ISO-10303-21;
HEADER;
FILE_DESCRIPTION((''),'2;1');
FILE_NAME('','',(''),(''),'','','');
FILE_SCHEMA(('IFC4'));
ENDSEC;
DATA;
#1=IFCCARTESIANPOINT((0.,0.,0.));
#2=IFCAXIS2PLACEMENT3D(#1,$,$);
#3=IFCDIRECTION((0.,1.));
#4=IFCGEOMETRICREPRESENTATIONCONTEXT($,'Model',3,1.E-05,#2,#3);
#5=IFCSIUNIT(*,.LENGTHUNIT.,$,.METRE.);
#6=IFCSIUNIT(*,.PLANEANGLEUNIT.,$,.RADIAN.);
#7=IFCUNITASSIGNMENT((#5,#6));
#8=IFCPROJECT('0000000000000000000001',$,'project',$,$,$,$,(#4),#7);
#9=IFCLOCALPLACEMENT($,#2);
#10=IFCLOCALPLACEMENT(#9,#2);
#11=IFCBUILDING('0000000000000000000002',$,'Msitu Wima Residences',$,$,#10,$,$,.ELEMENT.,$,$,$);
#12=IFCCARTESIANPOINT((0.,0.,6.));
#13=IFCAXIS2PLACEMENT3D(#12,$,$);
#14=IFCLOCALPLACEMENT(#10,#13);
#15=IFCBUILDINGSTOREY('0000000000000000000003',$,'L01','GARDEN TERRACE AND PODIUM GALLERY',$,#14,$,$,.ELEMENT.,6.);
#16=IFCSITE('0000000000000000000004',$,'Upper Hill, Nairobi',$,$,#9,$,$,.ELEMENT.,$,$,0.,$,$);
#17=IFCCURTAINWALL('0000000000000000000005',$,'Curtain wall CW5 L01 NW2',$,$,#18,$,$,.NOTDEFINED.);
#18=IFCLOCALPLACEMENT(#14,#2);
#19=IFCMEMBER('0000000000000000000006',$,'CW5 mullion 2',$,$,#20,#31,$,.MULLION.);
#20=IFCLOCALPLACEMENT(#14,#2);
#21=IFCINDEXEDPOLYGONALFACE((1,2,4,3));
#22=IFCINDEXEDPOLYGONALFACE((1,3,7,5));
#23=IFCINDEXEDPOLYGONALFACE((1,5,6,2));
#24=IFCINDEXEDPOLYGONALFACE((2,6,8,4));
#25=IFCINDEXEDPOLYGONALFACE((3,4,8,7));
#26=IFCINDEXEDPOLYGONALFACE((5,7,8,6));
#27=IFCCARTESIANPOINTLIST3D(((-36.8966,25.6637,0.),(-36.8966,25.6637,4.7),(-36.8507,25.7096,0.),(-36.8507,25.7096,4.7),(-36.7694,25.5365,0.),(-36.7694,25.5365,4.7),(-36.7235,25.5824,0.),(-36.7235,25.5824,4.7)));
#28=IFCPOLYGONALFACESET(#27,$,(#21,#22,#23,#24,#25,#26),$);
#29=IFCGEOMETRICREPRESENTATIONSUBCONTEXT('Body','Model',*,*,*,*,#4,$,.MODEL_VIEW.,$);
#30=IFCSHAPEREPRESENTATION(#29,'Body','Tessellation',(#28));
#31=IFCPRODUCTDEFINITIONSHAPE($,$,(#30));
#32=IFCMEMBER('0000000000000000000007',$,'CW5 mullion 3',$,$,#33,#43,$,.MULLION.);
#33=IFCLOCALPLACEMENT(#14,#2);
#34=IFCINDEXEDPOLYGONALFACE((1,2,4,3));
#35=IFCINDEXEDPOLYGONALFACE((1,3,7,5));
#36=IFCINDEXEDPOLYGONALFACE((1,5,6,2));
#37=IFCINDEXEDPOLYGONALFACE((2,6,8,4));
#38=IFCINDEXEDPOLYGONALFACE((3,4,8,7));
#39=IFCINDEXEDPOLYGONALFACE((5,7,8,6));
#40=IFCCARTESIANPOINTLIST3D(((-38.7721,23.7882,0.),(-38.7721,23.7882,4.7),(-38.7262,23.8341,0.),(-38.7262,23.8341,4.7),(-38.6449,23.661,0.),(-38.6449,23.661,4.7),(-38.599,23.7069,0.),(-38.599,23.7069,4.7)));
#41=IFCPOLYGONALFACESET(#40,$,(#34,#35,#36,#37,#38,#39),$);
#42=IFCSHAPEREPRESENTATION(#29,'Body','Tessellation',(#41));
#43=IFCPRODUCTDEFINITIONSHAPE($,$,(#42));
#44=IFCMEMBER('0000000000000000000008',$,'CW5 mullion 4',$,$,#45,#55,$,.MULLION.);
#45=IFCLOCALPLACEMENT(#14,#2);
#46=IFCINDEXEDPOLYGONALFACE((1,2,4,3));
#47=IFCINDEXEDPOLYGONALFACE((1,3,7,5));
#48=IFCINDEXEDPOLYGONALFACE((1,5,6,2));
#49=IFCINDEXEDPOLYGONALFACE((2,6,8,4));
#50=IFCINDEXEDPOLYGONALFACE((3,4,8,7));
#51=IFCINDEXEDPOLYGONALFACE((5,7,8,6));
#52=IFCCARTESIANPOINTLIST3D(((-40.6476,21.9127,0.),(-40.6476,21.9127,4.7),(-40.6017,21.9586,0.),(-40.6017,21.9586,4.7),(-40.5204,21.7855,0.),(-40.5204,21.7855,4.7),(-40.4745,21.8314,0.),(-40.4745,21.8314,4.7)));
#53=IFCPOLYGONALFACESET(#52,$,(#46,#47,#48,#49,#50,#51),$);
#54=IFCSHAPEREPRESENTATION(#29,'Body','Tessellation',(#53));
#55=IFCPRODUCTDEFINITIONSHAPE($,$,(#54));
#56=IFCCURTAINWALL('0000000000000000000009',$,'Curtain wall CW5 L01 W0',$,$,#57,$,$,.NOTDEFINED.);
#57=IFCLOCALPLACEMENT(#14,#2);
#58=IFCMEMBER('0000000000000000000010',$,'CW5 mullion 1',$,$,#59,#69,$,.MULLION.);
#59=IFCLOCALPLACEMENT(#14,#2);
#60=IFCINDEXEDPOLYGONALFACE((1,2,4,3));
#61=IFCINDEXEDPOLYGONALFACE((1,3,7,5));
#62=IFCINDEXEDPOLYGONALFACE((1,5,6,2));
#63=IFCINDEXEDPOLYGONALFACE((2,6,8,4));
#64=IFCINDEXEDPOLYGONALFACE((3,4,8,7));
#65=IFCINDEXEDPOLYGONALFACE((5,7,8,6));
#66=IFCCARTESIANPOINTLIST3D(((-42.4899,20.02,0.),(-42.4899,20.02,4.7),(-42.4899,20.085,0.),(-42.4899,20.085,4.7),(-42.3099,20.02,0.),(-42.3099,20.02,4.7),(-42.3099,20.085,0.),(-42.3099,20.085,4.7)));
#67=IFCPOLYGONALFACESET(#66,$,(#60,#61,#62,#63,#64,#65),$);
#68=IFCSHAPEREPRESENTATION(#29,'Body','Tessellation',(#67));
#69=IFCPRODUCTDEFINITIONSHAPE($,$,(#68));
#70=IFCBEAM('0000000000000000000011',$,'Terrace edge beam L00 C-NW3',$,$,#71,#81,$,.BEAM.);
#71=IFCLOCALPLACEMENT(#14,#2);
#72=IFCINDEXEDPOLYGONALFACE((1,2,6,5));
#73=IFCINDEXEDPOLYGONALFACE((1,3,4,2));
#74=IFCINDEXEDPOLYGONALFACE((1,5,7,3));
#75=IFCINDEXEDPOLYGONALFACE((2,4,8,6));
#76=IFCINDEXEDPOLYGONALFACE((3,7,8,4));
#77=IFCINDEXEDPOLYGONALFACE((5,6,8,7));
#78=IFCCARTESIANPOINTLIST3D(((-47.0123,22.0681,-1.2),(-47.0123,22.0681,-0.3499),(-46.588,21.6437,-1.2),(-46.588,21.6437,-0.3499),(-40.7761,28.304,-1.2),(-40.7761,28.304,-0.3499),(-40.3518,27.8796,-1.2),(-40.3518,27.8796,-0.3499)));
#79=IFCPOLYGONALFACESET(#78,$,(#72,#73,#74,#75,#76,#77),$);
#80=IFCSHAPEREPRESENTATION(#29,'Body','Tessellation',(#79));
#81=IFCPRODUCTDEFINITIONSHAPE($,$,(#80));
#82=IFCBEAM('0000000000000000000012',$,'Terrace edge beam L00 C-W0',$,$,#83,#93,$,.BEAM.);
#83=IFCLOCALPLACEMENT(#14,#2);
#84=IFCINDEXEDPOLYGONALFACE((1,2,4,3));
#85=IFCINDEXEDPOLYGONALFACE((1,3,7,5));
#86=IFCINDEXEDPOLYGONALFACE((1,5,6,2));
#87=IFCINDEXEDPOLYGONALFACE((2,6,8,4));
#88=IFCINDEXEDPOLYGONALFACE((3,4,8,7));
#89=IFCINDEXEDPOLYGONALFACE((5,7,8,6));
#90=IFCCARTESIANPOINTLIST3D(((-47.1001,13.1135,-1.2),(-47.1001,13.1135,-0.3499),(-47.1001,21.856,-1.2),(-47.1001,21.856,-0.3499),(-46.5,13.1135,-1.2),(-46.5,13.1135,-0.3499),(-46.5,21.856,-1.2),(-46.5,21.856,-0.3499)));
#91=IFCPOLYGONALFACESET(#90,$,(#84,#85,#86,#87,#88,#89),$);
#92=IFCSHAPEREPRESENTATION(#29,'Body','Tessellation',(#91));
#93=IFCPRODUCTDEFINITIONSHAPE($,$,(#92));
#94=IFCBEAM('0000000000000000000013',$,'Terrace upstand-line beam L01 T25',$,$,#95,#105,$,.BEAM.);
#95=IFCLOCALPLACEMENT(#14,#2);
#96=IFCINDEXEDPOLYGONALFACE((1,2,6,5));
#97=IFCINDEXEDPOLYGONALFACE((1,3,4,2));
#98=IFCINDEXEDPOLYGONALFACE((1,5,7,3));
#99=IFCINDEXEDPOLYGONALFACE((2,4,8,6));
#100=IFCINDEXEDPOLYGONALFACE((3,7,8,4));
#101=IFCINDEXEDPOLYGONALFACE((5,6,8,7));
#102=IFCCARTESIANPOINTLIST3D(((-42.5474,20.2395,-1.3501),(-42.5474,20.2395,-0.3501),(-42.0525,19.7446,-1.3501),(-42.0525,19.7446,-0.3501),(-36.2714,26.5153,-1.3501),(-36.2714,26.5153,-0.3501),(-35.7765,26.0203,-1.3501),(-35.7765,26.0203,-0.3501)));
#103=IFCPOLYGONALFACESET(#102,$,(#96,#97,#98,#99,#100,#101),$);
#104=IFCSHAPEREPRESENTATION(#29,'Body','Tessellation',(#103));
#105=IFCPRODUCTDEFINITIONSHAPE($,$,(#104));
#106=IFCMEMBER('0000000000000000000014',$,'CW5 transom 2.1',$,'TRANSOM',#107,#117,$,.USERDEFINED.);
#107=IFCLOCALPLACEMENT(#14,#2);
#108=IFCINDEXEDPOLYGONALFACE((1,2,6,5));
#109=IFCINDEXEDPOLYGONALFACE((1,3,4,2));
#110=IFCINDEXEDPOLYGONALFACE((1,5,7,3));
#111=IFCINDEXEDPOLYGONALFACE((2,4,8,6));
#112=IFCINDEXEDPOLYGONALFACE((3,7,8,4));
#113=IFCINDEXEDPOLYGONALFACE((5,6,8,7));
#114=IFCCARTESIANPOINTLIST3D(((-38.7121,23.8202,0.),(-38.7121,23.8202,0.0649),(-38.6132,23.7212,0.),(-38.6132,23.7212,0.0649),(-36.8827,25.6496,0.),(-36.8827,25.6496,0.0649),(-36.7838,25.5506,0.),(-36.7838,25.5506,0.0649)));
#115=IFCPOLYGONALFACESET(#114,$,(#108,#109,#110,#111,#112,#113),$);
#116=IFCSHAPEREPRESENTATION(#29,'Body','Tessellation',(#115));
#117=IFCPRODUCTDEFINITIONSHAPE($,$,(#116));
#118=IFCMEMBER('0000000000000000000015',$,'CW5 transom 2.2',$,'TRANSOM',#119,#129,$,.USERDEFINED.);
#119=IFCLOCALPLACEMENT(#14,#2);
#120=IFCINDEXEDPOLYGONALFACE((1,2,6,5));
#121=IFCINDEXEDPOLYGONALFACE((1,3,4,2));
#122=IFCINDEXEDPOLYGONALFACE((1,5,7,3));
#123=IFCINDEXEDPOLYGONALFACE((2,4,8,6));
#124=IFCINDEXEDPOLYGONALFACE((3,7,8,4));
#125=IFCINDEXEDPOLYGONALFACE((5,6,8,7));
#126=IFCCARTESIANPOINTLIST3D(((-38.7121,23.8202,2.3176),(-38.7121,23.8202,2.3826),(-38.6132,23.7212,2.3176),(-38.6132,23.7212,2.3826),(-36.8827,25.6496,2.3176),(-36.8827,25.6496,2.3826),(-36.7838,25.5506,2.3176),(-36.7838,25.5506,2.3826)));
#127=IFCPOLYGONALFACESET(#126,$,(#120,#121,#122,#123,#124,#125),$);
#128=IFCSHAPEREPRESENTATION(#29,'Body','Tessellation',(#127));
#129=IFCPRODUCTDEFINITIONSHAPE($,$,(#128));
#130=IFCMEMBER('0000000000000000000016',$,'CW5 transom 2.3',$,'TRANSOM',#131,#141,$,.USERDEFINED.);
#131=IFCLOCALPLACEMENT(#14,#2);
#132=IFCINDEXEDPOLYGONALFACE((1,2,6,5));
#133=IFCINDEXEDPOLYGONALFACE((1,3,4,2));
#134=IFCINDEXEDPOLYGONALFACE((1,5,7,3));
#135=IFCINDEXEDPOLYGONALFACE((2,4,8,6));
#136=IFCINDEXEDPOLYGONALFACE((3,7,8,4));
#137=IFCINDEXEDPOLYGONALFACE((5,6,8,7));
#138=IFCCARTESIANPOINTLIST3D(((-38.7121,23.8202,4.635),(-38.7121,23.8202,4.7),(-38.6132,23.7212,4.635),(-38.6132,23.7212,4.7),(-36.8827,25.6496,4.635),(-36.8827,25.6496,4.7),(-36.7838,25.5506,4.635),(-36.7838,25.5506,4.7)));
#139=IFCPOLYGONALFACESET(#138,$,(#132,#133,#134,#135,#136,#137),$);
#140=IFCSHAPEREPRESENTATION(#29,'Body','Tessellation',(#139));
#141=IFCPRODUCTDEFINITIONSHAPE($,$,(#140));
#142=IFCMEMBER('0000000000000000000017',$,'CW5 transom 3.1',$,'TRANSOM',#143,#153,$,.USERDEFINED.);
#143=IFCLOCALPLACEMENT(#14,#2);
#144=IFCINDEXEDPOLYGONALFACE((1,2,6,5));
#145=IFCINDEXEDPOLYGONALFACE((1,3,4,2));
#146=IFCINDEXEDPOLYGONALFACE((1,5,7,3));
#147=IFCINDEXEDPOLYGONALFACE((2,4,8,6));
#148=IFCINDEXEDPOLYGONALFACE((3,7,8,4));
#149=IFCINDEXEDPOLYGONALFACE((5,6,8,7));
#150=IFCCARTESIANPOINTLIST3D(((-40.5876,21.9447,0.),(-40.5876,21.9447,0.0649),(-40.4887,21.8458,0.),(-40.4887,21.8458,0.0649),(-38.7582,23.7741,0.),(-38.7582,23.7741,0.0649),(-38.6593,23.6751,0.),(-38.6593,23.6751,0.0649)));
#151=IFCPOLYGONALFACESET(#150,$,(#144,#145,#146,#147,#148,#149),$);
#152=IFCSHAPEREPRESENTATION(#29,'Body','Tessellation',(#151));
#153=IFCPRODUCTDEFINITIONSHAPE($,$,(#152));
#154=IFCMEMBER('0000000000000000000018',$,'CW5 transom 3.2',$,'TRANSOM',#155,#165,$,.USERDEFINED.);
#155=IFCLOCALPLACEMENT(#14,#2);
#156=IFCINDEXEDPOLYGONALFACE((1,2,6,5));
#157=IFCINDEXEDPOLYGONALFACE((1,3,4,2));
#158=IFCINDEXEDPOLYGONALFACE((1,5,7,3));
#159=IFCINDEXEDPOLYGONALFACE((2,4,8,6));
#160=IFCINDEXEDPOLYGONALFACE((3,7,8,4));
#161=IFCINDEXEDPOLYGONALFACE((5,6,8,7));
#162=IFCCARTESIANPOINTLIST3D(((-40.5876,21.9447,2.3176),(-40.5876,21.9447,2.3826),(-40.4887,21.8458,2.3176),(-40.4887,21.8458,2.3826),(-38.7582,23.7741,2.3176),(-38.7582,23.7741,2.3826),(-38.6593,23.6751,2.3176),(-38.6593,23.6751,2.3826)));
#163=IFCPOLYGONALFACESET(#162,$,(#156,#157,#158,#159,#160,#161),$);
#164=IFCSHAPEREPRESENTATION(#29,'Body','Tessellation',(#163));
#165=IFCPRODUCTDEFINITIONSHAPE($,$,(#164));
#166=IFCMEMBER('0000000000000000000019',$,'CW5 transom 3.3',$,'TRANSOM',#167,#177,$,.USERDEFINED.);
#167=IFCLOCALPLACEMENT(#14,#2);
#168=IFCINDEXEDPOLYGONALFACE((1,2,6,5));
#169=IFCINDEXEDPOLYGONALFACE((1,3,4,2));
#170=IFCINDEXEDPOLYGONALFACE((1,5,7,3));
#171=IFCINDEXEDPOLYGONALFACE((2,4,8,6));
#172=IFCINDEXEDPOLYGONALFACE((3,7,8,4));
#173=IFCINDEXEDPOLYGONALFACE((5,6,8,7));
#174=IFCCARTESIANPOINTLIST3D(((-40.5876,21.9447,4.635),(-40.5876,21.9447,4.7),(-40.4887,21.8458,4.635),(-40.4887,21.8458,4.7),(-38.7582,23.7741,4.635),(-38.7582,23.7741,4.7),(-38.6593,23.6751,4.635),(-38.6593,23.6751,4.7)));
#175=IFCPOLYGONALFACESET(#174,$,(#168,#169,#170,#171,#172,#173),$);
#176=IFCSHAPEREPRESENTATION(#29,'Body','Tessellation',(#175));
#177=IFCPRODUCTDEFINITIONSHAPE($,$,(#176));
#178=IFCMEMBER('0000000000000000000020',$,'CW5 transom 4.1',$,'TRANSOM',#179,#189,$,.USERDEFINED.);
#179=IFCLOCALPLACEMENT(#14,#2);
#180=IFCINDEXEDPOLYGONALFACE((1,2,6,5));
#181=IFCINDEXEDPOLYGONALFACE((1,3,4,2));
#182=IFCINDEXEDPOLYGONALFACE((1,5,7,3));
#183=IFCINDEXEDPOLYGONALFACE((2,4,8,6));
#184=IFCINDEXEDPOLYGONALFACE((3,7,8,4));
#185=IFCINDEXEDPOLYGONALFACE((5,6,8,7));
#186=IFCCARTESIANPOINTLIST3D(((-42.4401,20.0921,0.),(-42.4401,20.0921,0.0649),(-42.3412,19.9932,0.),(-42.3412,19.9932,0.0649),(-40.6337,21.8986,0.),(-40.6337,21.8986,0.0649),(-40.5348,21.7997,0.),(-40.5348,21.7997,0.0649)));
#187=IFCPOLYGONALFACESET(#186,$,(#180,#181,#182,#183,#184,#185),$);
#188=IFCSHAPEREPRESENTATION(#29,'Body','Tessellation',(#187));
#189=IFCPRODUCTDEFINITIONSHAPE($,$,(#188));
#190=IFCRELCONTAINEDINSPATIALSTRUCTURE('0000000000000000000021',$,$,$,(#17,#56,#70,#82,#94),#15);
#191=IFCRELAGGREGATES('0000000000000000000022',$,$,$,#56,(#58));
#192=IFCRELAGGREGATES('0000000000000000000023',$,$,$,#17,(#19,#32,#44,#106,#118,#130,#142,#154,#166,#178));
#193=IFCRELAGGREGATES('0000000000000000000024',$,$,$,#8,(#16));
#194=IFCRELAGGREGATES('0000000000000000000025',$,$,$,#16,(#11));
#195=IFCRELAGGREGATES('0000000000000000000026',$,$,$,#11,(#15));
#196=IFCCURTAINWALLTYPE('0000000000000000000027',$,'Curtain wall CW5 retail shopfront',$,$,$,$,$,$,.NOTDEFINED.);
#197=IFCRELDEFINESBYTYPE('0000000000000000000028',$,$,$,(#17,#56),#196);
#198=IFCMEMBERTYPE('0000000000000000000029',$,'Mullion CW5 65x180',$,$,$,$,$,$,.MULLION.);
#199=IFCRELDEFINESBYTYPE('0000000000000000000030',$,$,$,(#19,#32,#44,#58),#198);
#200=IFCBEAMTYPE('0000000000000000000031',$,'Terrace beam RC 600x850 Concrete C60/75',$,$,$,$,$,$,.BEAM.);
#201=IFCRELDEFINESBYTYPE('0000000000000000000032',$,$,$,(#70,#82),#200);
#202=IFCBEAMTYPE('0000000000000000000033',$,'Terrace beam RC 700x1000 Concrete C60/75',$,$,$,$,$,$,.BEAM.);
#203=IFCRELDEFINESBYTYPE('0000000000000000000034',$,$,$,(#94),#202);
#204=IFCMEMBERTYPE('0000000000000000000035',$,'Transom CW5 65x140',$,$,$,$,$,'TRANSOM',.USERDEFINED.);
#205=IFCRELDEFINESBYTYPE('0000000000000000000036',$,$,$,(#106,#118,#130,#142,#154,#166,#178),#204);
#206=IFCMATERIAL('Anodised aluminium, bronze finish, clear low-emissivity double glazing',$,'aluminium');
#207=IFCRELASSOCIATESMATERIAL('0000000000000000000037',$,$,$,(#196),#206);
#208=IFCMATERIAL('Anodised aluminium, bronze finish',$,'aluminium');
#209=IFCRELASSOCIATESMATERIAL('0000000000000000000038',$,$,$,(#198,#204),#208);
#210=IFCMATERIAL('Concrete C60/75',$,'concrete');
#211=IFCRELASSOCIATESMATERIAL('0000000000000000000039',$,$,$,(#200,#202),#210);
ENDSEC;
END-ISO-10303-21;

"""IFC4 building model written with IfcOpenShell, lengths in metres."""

from ifc_helpers import new_model, si_unit, direction, frame, origin, origin_2d, place, context, subcontext, project, spatial, rectangle, extrude, material, material_profile, profile_set, type_object, element, aggregate, save


model = new_model("IFC4")

# Units and contexts
model_context = context("Model", 3, precision=1e-05, world=origin(), true_north=direction((0.0, 1.0)))
body_context = subcontext(model_context, "Body", "Model", "MODEL_VIEW")
ifc_project = project(units=[si_unit("LENGTHUNIT", "METRE"), si_unit("PLANEANGLEUNIT", "RADIAN")], contexts=[model_context])

# Site, building, storey
site_placement = place(None, origin())
site = spatial("IfcSite", under=ifc_project, at=site_placement, Name="Upper Hill, Nairobi", CompositionType="ELEMENT", RefElevation=0.0)
building_placement = place(site_placement, origin())
building = spatial("IfcBuilding", under=site, at=building_placement, Name="Msitu Wima Residences", CompositionType="ELEMENT")
storey_placement = place(building_placement, frame((0.0, 0.0, 6.0)))
storey = spatial("IfcBuildingStorey", under=building, at=storey_placement, Name="L01", Description="GARDEN TERRACE AND PODIUM GALLERY", CompositionType="ELEMENT", Elevation=6.0)

# Curtain wall, members
ifc_material_1 = material(Name="Anodised aluminium, bronze finish, clear low-emissivity double glazing", Category="aluminium")
curtain_wall_type = type_object("IfcCurtainWallType", Name="Curtain wall CW5 retail shopfront", PredefinedType="NOTDEFINED", material=ifc_material_1)
curtain_wall_1_placement = place(storey_placement, origin())
curtain_wall_1 = element("IfcCurtainWall", 1, at=curtain_wall_1_placement, inside=storey, type_object=curtain_wall_type, Name="Curtain wall CW5 L01 NW2", PredefinedType="NOTDEFINED")
ifc_material_2 = material(Name="Anodised aluminium, bronze finish", Category="aluminium")
ifc_material_profile_1 = material_profile(ifc_material_2, rectangle(XDim=0.1799, YDim=0.0649, at=origin_2d()), Name="Mullion 65x180")
ifc_profile_set_1 = profile_set([ifc_material_profile_1], Name="Anodised aluminium, bronze finish")
member_type_1 = type_object("IfcMemberType", Name="Mullion CW5 65x180", PredefinedType="MULLION", material=ifc_profile_set_1)
member_1_placement = place(storey_placement, frame((-36.8101, 25.623, 0.0), z_axis=(0.0, 0.0, 1.0), x_axis=(0.707107, -0.707107, 0.0)))
member_1 = element("IfcMember", 2, at=member_1_placement, type_object=member_type_1, Name="CW5 mullion 2", PredefinedType="MULLION", context=body_context, shape_type="SweptSolid", body=[
    extrude(rectangle(XDim=0.1799, YDim=0.0649, at=origin_2d()), origin(), (0.0, 0.0, 1.0), 4.7),
])
member_2_placement = place(storey_placement, frame((-38.6855, 23.7476, 0.0), z_axis=(0.0, 0.0, 1.0), x_axis=(0.707107, -0.707107, 0.0)))
member_2 = element("IfcMember", 3, at=member_2_placement, type_object=member_type_1, Name="CW5 mullion 3", PredefinedType="MULLION", context=body_context, shape_type="SweptSolid", body=[
    extrude(rectangle(XDim=0.1799, YDim=0.0649, at=origin_2d()), origin(), (0.0, 0.0, 1.0), 4.7),
])
member_3_placement = place(storey_placement, frame((-40.561, 21.8721, 0.0), z_axis=(0.0, 0.0, 1.0), x_axis=(0.707107, -0.707107, 0.0)))
member_3 = element("IfcMember", 4, at=member_3_placement, type_object=member_type_1, Name="CW5 mullion 4", PredefinedType="MULLION", context=body_context, shape_type="SweptSolid", body=[
    extrude(rectangle(XDim=0.1799, YDim=0.0649, at=origin_2d()), origin(), (0.0, 0.0, 1.0), 4.7),
])

# Curtain wall, member
curtain_wall_2_placement = place(storey_placement, origin())
curtain_wall_2 = element("IfcCurtainWall", 5, at=curtain_wall_2_placement, inside=storey, type_object=curtain_wall_type, Name="Curtain wall CW5 L01 W0", PredefinedType="NOTDEFINED")
member_4_placement = place(storey_placement, frame((-42.3999, 20.0525, 0.0), z_axis=(0.0, 0.0, 1.0), x_axis=(1.0, 0.0, 0.0)))
member_4 = element("IfcMember", 6, at=member_4_placement, type_object=member_type_1, Name="CW5 mullion 1", PredefinedType="MULLION", context=body_context, shape_type="SweptSolid", body=[
    extrude(rectangle(XDim=0.1799, YDim=0.0649, at=origin_2d()), origin(), (0.0, 0.0, 1.0), 4.7),
])

# Beams
ifc_material_3 = material(Name="Concrete C60/75", Category="concrete")
ifc_material_profile_2 = material_profile(ifc_material_3, rectangle(XDim=0.6001, YDim=0.8501, at=origin_2d()), Name="RC 600x850")
ifc_profile_set_2 = profile_set([ifc_material_profile_2], Name="Concrete C60/75")
beam_type_1 = type_object("IfcBeamType", Name="Terrace beam RC 600x850 Concrete C60/75", PredefinedType="BEAM", material=ifc_profile_set_2)
beam_1_placement = place(storey_placement, frame((-40.564, 28.0918, -0.7749), z_axis=(-0.707121, -0.707093, 0.0), x_axis=(0.707093, -0.707121, 0.0)))
element("IfcBeam", 7, at=beam_1_placement, inside=storey, type_object=beam_type_1, Name="Terrace edge beam L00 C-NW3", PredefinedType="BEAM", context=body_context, shape_type="SweptSolid", body=[
    extrude(rectangle(XDim=0.6001, YDim=0.8501, at=origin_2d()), origin(), (0.0, 0.0, 1.0), 8.8191),
])
beam_2_placement = place(storey_placement, frame((-46.8, 21.856, -0.7749), z_axis=(0.0, -1.0, 0.0), x_axis=(1.0, 0.0, 0.0)))
element("IfcBeam", 8, at=beam_2_placement, inside=storey, type_object=beam_type_1, Name="Terrace edge beam L00 C-W0", PredefinedType="BEAM", context=body_context, shape_type="SweptSolid", body=[
    extrude(rectangle(XDim=0.6001, YDim=0.8501, at=origin_2d()), origin(), (0.0, 0.0, 1.0), 8.7424),
])
ifc_material_profile_3 = material_profile(ifc_material_3, rectangle(XDim=0.7, YDim=1.0, at=origin_2d()), Name="RC 700x1000")
ifc_profile_set_3 = profile_set([ifc_material_profile_3], Name="Concrete C60/75")
beam_type_2 = type_object("IfcBeamType", Name="Terrace beam RC 700x1000 Concrete C60/75", PredefinedType="BEAM", material=ifc_profile_set_3)
beam_3_placement = place(storey_placement, frame((-36.0239, 26.2678, -0.8501), z_axis=(-0.707121, -0.707093, 0.0), x_axis=(0.707093, -0.707121, 0.0)))
element("IfcBeam", 9, at=beam_3_placement, inside=storey, type_object=beam_type_2, Name="Terrace upstand-line beam L01 T25", PredefinedType="BEAM", context=body_context, shape_type="SweptSolid", body=[
    extrude(rectangle(XDim=0.7, YDim=1.0, at=origin_2d()), origin(), (0.0, 0.0, 1.0), 8.8755),
])

# Members
ifc_material_profile_4 = material_profile(ifc_material_2, rectangle(XDim=0.1399, YDim=0.0649, at=origin_2d()), Name="Transom 65x140")
ifc_profile_set_4 = profile_set([ifc_material_profile_4], Name="Anodised aluminium, bronze finish")
member_type_2 = type_object("IfcMemberType", Name="Transom CW5 65x140", ElementType="TRANSOM", PredefinedType="USERDEFINED", material=ifc_profile_set_4)
member_5_placement = place(storey_placement, frame((-36.8333, 25.6001, 0.0325), z_axis=(-0.707107, -0.707107, 0.0), x_axis=(0.707107, -0.707107, 0.0)))
member_5 = element("IfcMember", 10, at=member_5_placement, type_object=member_type_2, Name="CW5 transom 2.1", ObjectType="TRANSOM", PredefinedType="USERDEFINED", context=body_context, shape_type="SweptSolid", body=[
    extrude(rectangle(XDim=0.1399, YDim=0.0649, at=origin_2d()), origin(), (0.0, 0.0, 1.0), 2.5872),
])
member_6_placement = place(storey_placement, frame((-36.8333, 25.6001, 2.3501), z_axis=(-0.707107, -0.707107, 0.0), x_axis=(0.707107, -0.707107, 0.0)))
member_6 = element("IfcMember", 11, at=member_6_placement, type_object=member_type_2, Name="CW5 transom 2.2", ObjectType="TRANSOM", PredefinedType="USERDEFINED", context=body_context, shape_type="SweptSolid", body=[
    extrude(rectangle(XDim=0.1399, YDim=0.0649, at=origin_2d()), origin(), (0.0, 0.0, 1.0), 2.5872),
])
member_7_placement = place(storey_placement, frame((-36.8333, 25.6001, 4.6675), z_axis=(-0.707107, -0.707107, 0.0), x_axis=(0.707107, -0.707107, 0.0)))
member_7 = element("IfcMember", 12, at=member_7_placement, type_object=member_type_2, Name="CW5 transom 2.3", ObjectType="TRANSOM", PredefinedType="USERDEFINED", context=body_context, shape_type="SweptSolid", body=[
    extrude(rectangle(XDim=0.1399, YDim=0.0649, at=origin_2d()), origin(), (0.0, 0.0, 1.0), 2.5872),
])
member_8_placement = place(storey_placement, frame((-38.7087, 23.7246, 0.0325), z_axis=(-0.707107, -0.707107, 0.0), x_axis=(0.707107, -0.707107, 0.0)))
member_8 = element("IfcMember", 13, at=member_8_placement, type_object=member_type_2, Name="CW5 transom 3.1", ObjectType="TRANSOM", PredefinedType="USERDEFINED", context=body_context, shape_type="SweptSolid", body=[
    extrude(rectangle(XDim=0.1399, YDim=0.0649, at=origin_2d()), origin(), (0.0, 0.0, 1.0), 2.5872),
])
member_9_placement = place(storey_placement, frame((-38.7087, 23.7246, 2.3501), z_axis=(-0.707107, -0.707107, 0.0), x_axis=(0.707107, -0.707107, 0.0)))
member_9 = element("IfcMember", 14, at=member_9_placement, type_object=member_type_2, Name="CW5 transom 3.2", ObjectType="TRANSOM", PredefinedType="USERDEFINED", context=body_context, shape_type="SweptSolid", body=[
    extrude(rectangle(XDim=0.1399, YDim=0.0649, at=origin_2d()), origin(), (0.0, 0.0, 1.0), 2.5872),
])
member_10_placement = place(storey_placement, frame((-38.7087, 23.7246, 4.6675), z_axis=(-0.707107, -0.707107, 0.0), x_axis=(0.707107, -0.707107, 0.0)))
member_10 = element("IfcMember", 15, at=member_10_placement, type_object=member_type_2, Name="CW5 transom 3.3", ObjectType="TRANSOM", PredefinedType="USERDEFINED", context=body_context, shape_type="SweptSolid", body=[
    extrude(rectangle(XDim=0.1399, YDim=0.0649, at=origin_2d()), origin(), (0.0, 0.0, 1.0), 2.5872),
])
member_11_placement = place(storey_placement, frame((-40.5842, 21.8491, 0.0325), z_axis=(-0.707107, -0.707107, 0.0), x_axis=(0.707107, -0.707107, 0.0)))
member_11 = element("IfcMember", 16, at=member_11_placement, type_object=member_type_2, Name="CW5 transom 4.1", ObjectType="TRANSOM", PredefinedType="USERDEFINED", context=body_context, shape_type="SweptSolid", body=[
    extrude(rectangle(XDim=0.1399, YDim=0.0649, at=origin_2d()), origin(), (0.0, 0.0, 1.0), 2.5547),
])
aggregate(curtain_wall_2, [member_4])

aggregate(curtain_wall_1, [member_1, member_2, member_3, member_5, member_6, member_7, member_8, member_9, member_10, member_11])

save(model, "model.ifc")
